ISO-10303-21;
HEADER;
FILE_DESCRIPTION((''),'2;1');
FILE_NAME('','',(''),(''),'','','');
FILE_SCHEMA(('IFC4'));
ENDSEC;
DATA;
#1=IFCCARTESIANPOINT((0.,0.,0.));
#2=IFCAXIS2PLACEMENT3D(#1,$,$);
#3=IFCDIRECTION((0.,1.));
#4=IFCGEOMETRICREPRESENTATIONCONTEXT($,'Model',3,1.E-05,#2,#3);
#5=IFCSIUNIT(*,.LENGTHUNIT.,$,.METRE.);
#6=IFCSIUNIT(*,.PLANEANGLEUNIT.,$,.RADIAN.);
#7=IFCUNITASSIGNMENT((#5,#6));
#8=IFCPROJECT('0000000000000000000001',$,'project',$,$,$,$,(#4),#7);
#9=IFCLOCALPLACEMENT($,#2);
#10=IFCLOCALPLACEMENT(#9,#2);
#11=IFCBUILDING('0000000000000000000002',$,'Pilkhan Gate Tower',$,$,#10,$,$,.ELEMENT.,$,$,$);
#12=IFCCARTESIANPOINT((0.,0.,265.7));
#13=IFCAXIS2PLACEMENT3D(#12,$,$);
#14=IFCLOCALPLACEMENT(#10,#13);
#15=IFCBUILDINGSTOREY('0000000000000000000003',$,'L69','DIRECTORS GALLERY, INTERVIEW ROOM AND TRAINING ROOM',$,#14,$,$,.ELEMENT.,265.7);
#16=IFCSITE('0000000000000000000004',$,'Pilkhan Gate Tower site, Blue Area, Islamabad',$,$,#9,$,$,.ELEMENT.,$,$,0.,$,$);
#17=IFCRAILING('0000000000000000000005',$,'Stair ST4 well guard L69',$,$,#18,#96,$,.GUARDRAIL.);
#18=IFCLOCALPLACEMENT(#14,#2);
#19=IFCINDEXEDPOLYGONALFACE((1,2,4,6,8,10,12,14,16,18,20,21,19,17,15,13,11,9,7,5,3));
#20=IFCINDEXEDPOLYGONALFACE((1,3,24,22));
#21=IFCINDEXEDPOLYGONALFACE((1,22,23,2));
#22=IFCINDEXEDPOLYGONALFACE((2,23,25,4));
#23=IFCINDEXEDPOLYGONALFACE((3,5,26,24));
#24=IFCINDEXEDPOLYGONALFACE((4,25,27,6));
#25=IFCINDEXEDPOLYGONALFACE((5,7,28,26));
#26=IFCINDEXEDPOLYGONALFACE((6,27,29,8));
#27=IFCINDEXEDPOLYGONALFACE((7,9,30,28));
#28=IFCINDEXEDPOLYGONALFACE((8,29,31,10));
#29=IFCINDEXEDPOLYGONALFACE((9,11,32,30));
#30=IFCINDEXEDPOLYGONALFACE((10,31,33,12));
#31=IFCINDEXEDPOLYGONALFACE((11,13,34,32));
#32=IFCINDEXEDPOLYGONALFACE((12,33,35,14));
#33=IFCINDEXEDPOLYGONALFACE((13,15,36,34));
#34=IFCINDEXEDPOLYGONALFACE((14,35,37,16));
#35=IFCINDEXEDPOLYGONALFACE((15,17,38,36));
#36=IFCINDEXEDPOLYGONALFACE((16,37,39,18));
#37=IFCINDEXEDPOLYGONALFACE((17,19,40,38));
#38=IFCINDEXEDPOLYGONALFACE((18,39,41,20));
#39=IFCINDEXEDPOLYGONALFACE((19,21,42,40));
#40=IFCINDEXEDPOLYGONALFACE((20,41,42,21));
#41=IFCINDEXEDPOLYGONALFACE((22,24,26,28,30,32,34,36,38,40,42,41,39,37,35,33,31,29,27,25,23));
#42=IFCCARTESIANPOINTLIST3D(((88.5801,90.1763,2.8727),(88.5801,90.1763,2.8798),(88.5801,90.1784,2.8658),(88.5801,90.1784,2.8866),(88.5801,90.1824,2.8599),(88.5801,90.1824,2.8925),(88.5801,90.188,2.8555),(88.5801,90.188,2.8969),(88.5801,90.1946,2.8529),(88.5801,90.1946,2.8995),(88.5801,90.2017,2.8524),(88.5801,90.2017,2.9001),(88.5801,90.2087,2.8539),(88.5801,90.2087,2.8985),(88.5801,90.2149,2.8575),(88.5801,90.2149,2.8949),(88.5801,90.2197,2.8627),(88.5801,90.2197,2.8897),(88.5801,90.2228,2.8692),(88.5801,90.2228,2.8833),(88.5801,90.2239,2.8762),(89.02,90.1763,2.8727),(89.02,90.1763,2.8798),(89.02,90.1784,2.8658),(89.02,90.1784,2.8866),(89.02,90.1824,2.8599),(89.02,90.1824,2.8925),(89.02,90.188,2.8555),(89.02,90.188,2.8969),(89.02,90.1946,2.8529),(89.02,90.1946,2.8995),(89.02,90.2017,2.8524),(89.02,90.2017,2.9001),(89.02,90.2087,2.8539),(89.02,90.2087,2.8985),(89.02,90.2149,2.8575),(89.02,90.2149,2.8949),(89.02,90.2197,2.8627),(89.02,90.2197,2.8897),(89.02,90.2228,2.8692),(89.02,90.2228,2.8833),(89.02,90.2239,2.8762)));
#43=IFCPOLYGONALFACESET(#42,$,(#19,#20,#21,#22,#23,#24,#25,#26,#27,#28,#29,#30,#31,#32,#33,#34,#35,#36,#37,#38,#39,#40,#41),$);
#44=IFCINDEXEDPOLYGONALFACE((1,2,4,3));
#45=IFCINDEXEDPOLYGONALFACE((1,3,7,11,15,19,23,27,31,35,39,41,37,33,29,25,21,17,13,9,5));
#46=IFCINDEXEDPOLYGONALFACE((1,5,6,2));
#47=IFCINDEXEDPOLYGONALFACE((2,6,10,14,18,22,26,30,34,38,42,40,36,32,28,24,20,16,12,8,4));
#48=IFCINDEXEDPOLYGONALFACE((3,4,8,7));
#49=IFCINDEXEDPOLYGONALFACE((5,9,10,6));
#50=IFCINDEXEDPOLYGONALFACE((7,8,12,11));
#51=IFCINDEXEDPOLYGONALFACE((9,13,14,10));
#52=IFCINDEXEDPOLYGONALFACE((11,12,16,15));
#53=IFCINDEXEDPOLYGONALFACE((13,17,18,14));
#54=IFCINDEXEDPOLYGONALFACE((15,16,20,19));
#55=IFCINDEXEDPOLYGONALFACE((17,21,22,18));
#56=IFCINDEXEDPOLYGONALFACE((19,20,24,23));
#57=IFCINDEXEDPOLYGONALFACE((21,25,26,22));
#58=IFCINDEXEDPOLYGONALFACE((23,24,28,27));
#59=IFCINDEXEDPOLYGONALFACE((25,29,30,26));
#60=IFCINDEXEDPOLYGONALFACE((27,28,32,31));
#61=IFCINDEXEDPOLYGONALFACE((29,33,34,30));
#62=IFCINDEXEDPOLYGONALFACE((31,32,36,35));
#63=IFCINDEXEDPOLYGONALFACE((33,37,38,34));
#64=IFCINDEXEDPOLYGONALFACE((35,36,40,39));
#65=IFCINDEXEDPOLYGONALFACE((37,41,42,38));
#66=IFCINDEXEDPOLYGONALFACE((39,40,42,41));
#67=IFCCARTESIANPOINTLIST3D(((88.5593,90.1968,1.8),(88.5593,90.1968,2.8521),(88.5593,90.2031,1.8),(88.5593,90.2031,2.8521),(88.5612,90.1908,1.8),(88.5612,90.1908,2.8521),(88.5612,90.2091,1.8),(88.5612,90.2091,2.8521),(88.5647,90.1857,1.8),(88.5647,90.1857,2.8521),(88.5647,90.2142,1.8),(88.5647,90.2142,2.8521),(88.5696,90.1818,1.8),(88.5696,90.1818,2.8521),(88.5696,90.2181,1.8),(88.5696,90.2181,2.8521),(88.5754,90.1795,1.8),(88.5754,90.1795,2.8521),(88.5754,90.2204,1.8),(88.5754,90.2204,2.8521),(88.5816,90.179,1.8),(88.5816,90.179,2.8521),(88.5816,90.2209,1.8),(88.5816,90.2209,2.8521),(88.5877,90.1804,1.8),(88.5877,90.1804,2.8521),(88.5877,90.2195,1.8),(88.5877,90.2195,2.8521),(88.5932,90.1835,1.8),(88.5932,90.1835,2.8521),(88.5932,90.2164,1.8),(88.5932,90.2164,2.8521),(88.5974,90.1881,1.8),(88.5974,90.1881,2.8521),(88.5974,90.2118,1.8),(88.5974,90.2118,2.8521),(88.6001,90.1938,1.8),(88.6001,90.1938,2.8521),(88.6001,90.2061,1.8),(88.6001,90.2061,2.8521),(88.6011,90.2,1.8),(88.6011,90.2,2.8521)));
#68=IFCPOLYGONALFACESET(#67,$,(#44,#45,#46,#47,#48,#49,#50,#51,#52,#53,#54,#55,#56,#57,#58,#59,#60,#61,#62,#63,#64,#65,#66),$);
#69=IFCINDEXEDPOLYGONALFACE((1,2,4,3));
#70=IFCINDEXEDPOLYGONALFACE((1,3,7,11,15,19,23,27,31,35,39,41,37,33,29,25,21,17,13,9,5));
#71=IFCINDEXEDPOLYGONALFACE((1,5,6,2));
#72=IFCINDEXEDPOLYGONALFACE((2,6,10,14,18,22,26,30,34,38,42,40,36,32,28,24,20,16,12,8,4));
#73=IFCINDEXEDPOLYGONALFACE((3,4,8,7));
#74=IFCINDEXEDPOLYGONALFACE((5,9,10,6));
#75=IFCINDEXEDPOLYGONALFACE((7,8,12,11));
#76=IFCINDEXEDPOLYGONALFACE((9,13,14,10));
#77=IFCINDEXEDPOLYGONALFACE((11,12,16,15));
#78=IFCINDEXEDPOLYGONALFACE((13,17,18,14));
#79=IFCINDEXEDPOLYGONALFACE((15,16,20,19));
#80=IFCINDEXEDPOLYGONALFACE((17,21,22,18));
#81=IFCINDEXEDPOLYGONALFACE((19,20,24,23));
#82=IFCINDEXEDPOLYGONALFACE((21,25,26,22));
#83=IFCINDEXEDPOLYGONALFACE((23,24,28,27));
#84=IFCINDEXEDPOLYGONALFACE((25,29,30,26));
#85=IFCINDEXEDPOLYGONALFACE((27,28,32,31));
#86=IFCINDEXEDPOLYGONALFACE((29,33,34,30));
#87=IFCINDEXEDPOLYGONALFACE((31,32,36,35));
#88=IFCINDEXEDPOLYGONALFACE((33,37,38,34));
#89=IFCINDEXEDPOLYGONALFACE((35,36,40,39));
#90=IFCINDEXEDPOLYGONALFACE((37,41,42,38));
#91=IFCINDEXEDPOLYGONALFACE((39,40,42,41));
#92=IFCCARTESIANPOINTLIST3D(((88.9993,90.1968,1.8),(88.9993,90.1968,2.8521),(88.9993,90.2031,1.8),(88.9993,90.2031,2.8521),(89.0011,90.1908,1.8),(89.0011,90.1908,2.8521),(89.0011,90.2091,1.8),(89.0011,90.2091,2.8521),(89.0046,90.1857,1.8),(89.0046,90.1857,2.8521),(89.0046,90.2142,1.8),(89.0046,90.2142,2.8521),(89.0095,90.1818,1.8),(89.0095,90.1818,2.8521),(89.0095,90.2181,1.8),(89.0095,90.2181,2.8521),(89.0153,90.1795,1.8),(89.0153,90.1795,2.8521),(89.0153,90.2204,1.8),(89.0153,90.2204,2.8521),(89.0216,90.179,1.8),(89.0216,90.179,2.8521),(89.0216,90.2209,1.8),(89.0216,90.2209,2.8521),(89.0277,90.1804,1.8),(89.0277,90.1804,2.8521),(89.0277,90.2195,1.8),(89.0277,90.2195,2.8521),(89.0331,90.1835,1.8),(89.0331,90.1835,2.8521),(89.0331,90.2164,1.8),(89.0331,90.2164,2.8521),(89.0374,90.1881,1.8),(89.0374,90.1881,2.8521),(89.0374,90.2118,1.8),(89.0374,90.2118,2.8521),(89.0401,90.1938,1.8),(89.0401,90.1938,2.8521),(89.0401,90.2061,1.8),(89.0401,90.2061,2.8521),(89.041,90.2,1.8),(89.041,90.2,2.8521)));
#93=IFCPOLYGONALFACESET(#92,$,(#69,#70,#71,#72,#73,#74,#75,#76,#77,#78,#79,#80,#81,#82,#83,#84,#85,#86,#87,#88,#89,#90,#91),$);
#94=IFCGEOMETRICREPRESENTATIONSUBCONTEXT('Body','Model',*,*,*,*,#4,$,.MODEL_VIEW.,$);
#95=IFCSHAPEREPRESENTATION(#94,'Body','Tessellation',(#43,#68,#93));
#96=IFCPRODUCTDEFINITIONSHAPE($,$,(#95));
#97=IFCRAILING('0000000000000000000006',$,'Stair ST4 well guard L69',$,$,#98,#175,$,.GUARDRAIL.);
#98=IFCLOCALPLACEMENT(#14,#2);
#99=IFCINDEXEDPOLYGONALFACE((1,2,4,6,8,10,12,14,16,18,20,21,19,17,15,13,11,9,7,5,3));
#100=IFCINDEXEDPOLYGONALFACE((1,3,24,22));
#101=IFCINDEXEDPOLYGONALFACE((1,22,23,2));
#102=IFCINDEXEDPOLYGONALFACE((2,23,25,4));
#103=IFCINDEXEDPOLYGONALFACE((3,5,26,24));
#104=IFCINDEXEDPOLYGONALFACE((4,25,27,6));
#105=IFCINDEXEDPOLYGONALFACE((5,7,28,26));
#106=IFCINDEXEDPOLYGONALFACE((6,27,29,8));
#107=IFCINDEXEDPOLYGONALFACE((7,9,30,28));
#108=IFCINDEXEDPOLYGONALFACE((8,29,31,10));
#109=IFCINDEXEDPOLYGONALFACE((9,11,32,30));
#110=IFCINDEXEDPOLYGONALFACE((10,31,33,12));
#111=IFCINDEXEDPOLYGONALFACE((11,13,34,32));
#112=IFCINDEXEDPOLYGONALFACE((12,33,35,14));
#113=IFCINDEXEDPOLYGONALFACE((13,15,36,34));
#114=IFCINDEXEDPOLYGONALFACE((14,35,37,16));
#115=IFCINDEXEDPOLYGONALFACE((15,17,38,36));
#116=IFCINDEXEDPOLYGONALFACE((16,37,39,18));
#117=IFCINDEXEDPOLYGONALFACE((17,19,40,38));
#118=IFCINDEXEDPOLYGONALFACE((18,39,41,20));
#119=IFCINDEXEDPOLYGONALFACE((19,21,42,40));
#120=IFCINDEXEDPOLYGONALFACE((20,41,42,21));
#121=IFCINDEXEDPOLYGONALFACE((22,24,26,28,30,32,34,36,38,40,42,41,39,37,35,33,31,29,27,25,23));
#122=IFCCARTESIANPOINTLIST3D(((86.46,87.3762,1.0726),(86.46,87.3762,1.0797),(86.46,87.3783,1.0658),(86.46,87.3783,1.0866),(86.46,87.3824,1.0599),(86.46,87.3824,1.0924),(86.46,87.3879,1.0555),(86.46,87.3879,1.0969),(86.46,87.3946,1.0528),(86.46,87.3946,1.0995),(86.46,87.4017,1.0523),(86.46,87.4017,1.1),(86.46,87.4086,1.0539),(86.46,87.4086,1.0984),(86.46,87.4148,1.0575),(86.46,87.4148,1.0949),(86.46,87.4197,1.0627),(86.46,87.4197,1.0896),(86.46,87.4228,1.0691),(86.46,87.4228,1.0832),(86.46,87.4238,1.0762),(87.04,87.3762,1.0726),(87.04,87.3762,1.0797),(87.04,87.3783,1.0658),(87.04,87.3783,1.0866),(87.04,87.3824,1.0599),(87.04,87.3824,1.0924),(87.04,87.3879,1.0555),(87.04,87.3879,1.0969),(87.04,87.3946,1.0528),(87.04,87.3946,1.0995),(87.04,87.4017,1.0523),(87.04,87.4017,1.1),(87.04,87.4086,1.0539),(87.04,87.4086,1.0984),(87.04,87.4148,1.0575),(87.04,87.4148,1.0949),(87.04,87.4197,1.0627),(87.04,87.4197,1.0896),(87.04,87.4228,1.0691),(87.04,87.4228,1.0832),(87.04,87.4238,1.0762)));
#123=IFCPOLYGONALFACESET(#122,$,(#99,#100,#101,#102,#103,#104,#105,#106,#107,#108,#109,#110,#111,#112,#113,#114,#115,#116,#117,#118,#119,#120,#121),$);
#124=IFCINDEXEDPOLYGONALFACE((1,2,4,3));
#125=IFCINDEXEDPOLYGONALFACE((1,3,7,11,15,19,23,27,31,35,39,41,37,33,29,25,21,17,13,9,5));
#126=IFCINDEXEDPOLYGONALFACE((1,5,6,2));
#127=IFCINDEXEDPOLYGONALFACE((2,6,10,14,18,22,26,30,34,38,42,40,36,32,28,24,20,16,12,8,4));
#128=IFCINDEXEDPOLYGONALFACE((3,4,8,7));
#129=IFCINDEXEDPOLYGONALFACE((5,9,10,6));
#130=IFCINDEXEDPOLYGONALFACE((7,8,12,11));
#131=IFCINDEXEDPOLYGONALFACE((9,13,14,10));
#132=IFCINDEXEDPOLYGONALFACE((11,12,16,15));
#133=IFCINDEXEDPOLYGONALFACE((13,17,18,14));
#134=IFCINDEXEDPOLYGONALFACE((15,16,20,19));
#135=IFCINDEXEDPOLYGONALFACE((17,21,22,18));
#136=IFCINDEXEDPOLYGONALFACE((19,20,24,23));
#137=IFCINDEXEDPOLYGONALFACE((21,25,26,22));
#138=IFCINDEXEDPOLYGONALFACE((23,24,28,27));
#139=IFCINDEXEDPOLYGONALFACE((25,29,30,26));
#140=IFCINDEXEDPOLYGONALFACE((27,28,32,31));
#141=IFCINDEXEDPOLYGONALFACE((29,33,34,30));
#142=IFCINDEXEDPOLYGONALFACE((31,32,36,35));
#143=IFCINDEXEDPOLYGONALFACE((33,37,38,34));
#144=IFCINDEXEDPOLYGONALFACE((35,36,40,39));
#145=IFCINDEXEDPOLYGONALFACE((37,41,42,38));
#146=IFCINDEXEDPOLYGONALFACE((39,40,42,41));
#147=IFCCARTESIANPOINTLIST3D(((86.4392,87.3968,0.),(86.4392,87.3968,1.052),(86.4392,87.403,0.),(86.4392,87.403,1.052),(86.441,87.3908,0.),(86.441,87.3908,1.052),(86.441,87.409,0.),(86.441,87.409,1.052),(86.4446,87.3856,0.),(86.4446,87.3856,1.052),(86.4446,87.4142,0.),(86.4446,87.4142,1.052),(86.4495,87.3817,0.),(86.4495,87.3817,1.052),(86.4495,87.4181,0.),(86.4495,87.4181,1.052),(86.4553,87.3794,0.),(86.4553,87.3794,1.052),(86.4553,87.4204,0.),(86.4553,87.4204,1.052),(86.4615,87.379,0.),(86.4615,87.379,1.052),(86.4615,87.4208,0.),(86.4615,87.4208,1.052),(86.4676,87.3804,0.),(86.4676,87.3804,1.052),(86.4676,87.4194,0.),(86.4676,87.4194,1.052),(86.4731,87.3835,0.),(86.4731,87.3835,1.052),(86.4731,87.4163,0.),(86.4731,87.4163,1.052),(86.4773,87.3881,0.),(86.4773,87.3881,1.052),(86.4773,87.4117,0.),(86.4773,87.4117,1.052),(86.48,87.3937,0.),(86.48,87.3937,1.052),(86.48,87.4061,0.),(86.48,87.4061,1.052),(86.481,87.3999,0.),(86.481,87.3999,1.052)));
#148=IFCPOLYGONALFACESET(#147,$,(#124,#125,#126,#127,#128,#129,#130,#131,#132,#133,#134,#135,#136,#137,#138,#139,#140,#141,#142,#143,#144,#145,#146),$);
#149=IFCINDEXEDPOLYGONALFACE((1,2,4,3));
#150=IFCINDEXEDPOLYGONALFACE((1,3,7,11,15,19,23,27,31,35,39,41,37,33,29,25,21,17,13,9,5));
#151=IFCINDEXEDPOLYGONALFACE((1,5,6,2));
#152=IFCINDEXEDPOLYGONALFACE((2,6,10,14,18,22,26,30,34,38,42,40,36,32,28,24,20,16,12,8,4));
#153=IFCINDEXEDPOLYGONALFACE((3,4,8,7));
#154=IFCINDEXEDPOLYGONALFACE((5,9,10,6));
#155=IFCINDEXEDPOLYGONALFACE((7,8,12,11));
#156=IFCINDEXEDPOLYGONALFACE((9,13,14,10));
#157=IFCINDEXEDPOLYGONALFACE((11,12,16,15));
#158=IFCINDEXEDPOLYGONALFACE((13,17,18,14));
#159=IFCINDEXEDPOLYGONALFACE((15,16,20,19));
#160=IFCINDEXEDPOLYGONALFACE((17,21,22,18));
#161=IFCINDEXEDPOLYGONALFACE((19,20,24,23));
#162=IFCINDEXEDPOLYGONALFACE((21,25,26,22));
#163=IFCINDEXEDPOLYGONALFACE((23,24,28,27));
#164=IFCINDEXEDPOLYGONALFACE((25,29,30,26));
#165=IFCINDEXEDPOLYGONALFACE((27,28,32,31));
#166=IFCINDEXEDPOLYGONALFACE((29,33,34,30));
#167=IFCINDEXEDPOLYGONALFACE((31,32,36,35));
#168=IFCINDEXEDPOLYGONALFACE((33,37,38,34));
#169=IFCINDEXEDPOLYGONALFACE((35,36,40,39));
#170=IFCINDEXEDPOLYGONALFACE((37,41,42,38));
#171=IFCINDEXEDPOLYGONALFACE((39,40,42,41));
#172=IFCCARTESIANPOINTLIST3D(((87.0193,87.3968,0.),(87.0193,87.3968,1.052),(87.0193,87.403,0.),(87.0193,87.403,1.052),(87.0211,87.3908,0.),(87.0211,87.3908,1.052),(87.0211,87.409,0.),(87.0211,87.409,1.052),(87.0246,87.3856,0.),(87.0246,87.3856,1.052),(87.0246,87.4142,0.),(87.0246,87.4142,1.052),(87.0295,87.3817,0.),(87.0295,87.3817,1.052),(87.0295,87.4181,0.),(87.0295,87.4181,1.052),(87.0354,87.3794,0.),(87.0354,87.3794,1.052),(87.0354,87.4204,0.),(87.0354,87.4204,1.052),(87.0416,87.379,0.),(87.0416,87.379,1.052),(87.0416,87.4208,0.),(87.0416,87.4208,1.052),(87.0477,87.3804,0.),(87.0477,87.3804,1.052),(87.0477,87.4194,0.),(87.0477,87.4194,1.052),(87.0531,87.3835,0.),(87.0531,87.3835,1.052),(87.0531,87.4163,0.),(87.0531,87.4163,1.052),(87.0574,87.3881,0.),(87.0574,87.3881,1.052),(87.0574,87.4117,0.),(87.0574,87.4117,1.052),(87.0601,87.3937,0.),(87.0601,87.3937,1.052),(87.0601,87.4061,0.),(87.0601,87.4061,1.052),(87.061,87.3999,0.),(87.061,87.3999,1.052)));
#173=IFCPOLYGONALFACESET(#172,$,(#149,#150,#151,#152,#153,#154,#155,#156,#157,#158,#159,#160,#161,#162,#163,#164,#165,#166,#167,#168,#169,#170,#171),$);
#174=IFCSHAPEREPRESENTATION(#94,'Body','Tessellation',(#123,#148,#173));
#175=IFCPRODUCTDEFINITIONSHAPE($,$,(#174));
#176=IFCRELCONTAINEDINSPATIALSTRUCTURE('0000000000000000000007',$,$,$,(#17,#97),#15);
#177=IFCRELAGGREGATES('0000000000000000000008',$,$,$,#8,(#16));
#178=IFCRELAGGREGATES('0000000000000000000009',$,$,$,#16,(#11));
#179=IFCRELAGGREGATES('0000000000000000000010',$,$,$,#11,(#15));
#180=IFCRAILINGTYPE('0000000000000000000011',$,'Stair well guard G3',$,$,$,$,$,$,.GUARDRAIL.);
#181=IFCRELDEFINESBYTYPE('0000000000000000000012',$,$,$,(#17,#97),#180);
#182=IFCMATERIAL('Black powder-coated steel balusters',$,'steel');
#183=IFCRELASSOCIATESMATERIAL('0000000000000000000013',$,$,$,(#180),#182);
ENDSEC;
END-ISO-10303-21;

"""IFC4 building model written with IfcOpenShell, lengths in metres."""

from ifc_helpers import new_model, si_unit, direction, frame, origin, origin_2d, place, context, subcontext, project, spatial, circle, extrude, material, type_object, element, save


model = new_model("IFC4")

# Units and contexts
model_context = context("Model", 3, precision=1e-05, world=origin(), true_north=direction((0.0, 1.0)))
body_context = subcontext(model_context, "Body", "Model", "MODEL_VIEW")
ifc_project = project(units=[si_unit("LENGTHUNIT", "METRE"), si_unit("PLANEANGLEUNIT", "RADIAN")], contexts=[model_context])

# Site, building, storey
site_placement = place(None, origin())
site = spatial("IfcSite", under=ifc_project, at=site_placement, Name="Pilkhan Gate Tower site, Blue Area, Islamabad", CompositionType="ELEMENT", RefElevation=0.0)
building_placement = place(site_placement, origin())
building = spatial("IfcBuilding", under=site, at=building_placement, Name="Pilkhan Gate Tower", CompositionType="ELEMENT")
storey_placement = place(building_placement, frame((0.0, 0.0, 265.7)))
storey = spatial("IfcBuildingStorey", under=building, at=storey_placement, Name="L69", Description="DIRECTORS GALLERY, INTERVIEW ROOM AND TRAINING ROOM", CompositionType="ELEMENT", Elevation=265.7)

# Railings
ifc_material_1 = material(Name="Black powder-coated steel balusters", Category="steel")
railing_type_1 = type_object("IfcRailingType", Name="Stair well guard G3", PredefinedType="GUARDRAIL", material=ifc_material_1)
railing_1_placement = place(storey_placement, frame((88.5801, 90.2, 1.8)))
element("IfcRailing", 1, at=railing_1_placement, inside=storey, type_object=railing_type_1, Name="Stair ST4 well guard L69", PredefinedType="GUARDRAIL", context=body_context, shape_type="SweptSolid", body=[
    extrude(circle(Radius=0.0239, at=origin_2d()), frame((0.0, 0.0, 1.0762), z_axis=(1.0, 0.0, 0.0), x_axis=(0.0, 1.0, 0.0)), (0.0, 0.0, 1.0), 0.4399),
    extrude(circle(Radius=0.021, at=origin_2d()), origin(), (0.0, 0.0, 1.0), 1.052),
    extrude(circle(Radius=0.021, at=origin_2d()), frame((0.4399, 0.0, 0.0)), (0.0, 0.0, 1.0), 1.052),
])
for number, where, name in (
    (2, (86.46, 87.3999, 0.0), "Stair ST4 well guard L69"),
):
    element("IfcRailing", number, at=place(storey_placement, frame(where)), inside=storey, type_object=railing_type_1, Name=name, PredefinedType="GUARDRAIL", context=body_context, shape_type="SweptSolid", body=[
        extrude(circle(Radius=0.0239, at=origin_2d()), frame((0.0, 0.0, 1.0762), z_axis=(1.0, 0.0, 0.0), x_axis=(0.0, 1.0, 0.0)), (0.0, 0.0, 1.0), 0.5801),
        extrude(circle(Radius=0.021, at=origin_2d()), origin(), (0.0, 0.0, 1.0), 1.052),
        extrude(circle(Radius=0.021, at=origin_2d()), frame((0.5801, 0.0, 0.0)), (0.0, 0.0, 1.0), 1.052),
    ])

save(model, "model.ifc")
